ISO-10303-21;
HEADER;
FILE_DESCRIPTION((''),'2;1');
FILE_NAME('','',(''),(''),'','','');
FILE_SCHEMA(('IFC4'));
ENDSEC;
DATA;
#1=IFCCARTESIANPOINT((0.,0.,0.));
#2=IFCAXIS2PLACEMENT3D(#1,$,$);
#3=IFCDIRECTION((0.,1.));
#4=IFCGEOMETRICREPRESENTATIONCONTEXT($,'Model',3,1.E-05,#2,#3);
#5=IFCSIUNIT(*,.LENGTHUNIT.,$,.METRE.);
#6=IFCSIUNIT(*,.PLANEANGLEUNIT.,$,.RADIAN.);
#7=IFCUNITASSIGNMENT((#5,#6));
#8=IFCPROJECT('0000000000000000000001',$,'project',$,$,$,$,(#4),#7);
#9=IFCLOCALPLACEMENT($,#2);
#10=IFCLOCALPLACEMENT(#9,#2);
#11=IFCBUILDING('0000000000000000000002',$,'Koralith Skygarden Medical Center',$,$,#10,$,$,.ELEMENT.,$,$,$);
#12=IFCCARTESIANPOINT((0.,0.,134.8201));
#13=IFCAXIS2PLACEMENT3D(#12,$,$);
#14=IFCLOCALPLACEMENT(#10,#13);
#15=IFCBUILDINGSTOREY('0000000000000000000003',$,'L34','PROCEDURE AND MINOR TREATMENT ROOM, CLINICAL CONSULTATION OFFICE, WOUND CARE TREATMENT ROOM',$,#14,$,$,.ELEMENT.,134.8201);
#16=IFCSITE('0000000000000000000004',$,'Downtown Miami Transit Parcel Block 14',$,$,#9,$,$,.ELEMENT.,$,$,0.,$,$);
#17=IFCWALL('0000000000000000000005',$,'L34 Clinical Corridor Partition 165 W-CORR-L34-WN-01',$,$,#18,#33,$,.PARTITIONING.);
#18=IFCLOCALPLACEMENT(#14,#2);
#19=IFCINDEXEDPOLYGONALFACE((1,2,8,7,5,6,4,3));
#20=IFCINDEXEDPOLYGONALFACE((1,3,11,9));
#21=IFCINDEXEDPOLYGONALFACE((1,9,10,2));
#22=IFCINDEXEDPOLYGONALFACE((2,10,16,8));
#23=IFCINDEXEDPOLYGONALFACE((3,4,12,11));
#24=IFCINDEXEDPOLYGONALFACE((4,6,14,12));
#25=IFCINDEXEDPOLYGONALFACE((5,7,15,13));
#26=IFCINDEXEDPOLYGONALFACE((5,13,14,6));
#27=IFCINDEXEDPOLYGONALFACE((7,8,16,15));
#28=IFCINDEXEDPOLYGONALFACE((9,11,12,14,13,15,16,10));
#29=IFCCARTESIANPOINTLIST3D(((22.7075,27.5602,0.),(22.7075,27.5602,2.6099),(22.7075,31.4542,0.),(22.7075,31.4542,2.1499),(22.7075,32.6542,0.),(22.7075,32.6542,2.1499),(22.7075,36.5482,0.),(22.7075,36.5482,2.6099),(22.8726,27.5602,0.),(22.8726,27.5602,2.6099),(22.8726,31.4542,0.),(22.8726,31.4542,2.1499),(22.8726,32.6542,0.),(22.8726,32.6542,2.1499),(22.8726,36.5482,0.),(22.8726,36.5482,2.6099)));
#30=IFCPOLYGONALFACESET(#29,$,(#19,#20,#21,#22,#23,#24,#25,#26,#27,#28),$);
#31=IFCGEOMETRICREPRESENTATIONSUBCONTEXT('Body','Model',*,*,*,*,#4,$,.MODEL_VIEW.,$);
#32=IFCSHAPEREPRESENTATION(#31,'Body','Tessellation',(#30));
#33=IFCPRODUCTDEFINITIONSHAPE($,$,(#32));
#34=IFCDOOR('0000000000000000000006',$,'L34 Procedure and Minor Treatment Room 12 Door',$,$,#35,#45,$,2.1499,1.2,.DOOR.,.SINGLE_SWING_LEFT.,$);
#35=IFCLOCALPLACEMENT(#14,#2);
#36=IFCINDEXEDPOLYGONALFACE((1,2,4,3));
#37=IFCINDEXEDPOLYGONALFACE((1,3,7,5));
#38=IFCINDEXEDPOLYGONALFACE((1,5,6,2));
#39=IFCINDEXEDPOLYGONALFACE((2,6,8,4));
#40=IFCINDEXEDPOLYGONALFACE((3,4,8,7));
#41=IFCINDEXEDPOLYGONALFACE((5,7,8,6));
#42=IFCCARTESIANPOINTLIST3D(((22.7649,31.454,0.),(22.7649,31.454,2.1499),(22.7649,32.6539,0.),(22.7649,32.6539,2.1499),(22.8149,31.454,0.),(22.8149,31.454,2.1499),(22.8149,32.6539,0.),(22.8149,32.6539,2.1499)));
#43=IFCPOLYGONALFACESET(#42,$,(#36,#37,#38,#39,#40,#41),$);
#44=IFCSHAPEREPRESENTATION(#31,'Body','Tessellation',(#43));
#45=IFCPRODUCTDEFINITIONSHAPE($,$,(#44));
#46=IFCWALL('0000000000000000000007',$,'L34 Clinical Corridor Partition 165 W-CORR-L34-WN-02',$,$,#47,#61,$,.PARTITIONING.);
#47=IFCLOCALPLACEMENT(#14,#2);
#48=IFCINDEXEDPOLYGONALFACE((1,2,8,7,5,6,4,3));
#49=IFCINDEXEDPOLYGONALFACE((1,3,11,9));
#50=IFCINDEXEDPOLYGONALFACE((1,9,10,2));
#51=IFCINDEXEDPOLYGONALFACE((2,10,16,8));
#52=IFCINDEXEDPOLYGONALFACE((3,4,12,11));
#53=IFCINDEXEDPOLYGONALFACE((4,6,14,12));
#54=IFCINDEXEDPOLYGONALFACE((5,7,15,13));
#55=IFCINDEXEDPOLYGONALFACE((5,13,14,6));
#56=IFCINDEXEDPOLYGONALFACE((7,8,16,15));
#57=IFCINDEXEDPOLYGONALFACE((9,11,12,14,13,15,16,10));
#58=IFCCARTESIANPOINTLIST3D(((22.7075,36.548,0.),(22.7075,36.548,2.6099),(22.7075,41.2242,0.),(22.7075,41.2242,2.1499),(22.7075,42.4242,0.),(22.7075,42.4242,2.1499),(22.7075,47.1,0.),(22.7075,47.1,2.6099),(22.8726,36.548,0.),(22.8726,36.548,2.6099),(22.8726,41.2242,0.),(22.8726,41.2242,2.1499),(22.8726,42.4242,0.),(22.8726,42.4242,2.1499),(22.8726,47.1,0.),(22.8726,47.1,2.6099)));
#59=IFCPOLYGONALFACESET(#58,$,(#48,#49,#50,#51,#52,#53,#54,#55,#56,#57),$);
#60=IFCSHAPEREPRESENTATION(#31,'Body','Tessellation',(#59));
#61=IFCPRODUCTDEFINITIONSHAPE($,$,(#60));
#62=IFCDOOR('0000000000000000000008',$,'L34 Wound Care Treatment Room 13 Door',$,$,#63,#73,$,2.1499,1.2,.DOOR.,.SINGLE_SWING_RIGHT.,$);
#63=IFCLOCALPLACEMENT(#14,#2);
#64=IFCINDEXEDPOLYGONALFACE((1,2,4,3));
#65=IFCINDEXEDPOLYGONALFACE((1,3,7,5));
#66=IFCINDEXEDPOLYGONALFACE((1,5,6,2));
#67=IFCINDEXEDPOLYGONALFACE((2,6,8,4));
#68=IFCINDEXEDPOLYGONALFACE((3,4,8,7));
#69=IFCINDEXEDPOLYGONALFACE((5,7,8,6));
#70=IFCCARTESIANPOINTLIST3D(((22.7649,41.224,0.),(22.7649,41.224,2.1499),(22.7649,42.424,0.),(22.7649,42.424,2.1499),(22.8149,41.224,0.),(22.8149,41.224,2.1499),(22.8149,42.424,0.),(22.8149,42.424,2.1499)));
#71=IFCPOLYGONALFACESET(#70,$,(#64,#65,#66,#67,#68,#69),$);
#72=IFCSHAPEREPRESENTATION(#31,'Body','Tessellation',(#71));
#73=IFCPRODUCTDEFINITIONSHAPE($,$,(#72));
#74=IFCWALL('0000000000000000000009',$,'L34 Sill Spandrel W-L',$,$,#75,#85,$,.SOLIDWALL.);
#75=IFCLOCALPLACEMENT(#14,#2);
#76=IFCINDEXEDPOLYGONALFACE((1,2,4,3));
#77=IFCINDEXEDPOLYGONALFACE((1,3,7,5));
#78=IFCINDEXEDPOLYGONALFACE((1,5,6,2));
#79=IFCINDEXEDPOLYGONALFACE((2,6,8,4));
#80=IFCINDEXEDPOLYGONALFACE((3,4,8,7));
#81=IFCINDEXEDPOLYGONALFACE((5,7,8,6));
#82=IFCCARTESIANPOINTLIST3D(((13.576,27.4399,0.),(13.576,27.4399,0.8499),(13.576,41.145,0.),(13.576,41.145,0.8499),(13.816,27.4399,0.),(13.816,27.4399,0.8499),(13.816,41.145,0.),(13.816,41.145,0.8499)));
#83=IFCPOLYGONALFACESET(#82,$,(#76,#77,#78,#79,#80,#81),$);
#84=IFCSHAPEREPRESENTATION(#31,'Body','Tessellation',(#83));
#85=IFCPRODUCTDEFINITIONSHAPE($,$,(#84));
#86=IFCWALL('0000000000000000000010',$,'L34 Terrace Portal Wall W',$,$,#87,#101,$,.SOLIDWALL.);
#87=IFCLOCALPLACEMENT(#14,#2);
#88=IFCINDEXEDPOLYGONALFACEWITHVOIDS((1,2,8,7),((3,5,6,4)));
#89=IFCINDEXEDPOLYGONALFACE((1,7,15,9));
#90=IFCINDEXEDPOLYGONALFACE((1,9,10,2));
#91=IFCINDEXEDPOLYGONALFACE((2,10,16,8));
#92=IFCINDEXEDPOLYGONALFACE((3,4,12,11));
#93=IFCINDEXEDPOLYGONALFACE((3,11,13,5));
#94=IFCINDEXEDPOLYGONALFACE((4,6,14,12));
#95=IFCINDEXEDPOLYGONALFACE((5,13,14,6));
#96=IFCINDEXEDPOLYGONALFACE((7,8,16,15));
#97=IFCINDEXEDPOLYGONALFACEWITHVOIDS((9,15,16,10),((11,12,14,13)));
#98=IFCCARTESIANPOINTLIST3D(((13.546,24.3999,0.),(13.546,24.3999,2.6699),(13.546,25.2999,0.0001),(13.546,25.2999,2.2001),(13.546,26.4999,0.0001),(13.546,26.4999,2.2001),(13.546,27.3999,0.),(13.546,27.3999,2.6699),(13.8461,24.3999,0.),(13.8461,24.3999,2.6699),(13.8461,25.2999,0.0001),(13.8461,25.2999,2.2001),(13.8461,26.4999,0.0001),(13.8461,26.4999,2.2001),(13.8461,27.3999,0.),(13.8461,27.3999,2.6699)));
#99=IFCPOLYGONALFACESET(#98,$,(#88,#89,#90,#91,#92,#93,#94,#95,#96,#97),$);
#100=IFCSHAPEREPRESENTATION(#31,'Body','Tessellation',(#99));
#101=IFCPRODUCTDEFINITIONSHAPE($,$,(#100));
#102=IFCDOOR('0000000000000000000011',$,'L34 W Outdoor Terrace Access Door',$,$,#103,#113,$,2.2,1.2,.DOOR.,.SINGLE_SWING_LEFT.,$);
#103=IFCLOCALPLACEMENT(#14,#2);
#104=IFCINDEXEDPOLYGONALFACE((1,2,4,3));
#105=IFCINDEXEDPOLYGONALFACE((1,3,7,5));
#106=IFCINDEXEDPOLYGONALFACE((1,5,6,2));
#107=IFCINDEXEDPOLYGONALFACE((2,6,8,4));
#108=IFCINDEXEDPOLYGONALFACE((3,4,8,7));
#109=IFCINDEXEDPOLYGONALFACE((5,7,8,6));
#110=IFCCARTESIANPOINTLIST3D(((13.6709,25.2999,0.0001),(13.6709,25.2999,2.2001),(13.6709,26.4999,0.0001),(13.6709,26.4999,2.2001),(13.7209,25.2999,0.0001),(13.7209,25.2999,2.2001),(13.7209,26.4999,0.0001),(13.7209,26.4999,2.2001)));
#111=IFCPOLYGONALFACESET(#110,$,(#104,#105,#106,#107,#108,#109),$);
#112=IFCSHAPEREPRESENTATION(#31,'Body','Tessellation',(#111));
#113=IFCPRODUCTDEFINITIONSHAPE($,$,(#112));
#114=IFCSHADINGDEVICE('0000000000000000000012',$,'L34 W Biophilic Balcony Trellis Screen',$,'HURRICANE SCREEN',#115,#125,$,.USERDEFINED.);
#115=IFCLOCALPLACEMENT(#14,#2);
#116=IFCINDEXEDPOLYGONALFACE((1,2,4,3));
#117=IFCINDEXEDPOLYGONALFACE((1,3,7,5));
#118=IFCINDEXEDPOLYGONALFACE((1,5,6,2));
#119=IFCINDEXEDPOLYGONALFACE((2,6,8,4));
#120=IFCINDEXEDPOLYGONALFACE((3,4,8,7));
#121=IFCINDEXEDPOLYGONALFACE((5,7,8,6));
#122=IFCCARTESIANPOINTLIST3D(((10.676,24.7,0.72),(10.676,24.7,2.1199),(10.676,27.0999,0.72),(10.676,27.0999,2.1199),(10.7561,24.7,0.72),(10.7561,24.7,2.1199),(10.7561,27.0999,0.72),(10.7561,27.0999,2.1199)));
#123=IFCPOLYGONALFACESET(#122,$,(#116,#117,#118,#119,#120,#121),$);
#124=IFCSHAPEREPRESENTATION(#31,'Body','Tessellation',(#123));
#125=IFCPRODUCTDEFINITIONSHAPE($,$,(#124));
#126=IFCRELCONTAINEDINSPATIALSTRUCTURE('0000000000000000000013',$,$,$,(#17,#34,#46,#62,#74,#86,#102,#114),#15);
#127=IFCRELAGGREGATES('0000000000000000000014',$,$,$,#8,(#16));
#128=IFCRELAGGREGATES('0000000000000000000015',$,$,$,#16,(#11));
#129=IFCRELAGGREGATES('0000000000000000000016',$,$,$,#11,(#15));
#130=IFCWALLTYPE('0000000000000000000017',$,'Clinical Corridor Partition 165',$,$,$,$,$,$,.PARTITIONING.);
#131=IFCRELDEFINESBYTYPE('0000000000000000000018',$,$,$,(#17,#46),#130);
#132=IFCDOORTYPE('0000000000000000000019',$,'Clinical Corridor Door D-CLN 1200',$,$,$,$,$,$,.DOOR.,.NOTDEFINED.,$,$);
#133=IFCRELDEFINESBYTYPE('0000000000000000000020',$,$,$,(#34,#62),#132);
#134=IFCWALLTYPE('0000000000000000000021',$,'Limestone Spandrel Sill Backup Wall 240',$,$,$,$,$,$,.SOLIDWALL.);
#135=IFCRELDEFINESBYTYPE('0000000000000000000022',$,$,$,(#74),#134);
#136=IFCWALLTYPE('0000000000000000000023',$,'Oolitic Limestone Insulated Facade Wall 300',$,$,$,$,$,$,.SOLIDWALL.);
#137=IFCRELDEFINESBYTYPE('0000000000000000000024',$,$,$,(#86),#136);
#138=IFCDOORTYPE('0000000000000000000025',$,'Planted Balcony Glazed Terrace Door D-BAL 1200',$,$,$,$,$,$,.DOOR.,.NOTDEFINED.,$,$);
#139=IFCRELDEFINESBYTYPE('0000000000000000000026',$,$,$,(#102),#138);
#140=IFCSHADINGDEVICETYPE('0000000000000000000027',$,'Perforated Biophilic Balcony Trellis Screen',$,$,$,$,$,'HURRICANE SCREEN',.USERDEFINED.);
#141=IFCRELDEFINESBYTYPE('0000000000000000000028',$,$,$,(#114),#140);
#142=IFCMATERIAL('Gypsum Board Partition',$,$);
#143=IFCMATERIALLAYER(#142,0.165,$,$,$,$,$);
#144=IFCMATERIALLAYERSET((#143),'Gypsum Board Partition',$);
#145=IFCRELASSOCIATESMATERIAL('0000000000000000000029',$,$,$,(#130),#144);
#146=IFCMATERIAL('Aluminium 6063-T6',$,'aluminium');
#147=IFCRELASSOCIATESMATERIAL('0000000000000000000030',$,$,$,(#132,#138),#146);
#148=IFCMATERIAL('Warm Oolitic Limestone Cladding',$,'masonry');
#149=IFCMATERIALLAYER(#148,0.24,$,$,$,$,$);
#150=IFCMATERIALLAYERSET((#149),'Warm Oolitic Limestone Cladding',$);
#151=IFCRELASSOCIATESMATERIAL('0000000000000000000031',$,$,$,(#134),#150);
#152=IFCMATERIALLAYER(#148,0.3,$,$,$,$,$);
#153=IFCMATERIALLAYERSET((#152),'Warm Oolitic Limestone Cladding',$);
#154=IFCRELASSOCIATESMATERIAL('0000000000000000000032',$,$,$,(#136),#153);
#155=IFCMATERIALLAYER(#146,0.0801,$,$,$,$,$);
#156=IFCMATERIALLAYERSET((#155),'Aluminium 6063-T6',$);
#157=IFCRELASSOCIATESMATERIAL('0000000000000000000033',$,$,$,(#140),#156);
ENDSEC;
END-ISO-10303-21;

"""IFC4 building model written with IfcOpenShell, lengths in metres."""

from ifc_helpers import new_model, si_unit, direction, frame, frame_2d, origin, origin_2d, place, context, subcontext, project, spatial, rectangle, extrude, material, layer, layer_set, type_object, element, fill, save


model = new_model("IFC4")

# Units and contexts
model_context = context("Model", 3, precision=1e-05, world=origin(), true_north=direction((0.0, 1.0)))
body_context = subcontext(model_context, "Body", "Model", "MODEL_VIEW")
ifc_project = project(units=[si_unit("LENGTHUNIT", "METRE"), si_unit("PLANEANGLEUNIT", "RADIAN")], contexts=[model_context])

# Site, building, storey
site_placement = place(None, origin())
site = spatial("IfcSite", under=ifc_project, at=site_placement, Name="Downtown Miami Transit Parcel Block 14", CompositionType="ELEMENT", RefElevation=0.0)
building_placement = place(site_placement, origin())
building = spatial("IfcBuilding", under=site, at=building_placement, Name="Koralith Skygarden Medical Center", CompositionType="ELEMENT")
storey_placement = place(building_placement, frame((0.0, 0.0, 134.8201)))
storey = spatial("IfcBuildingStorey", under=building, at=storey_placement, Name="L34", Description="PROCEDURE AND MINOR TREATMENT ROOM, CLINICAL CONSULTATION OFFICE, WOUND CARE TREATMENT ROOM", CompositionType="ELEMENT", Elevation=134.8201)

# Shared definitions
ifc_material_1 = material(Name="Aluminium 6063-T6", Category="aluminium")

# Shared definitions
ifc_material_2 = material(Name="Gypsum Board Partition")
ifc_layer_1 = layer(ifc_material_2, 0.165)
ifc_layer_set_1 = layer_set([ifc_layer_1], Name="Gypsum Board Partition")
wall_type_1 = type_object("IfcWallType", Name="Clinical Corridor Partition 165", PredefinedType="PARTITIONING", material=ifc_layer_set_1)

# Walls, openings, doors
door_type_1 = type_object("IfcDoorType", Name="Clinical Corridor Door D-CLN 1200", OperationType="NOTDEFINED", PredefinedType="DOOR", material=ifc_material_1)
wall_1_placement = place(storey_placement, frame((22.79, 27.5601, 0.0), z_axis=(0.0, 0.0, 1.0), x_axis=(0.0, 1.0, 0.0)))
wall_1 = element("IfcWall", 1, at=wall_1_placement, inside=storey, type_object=wall_type_1, Name="L34 Clinical Corridor Partition 165 W-CORR-L34-WN-01", PredefinedType="PARTITIONING", context=body_context, shape_type="SweptSolid", body=[
    extrude(rectangle(XDim=8.988, YDim=0.165, at=frame_2d((4.4941, 0.0))), origin(), (0.0, 0.0, 1.0), 2.6099),
])
opening_1_placement = place(wall_1_placement, frame((3.894, 0.0, 0.0)))
opening_1 = element("IfcOpeningElement", 2, at=opening_1_placement, cuts=wall_1, PredefinedType="OPENING", context=body_context, shape_type="SweptSolid", body=[
    extrude(rectangle(XDim=1.2, YDim=2.1499, at=frame_2d((0.6001, 1.075))), frame((0.0, 0.0925, 0.0), z_axis=(0.0, -1.0, 0.0), x_axis=(1.0, 0.0, 0.0)), (0.0, 0.0, 1.0), 0.1851),
])
door_1_placement = place(opening_1_placement, frame((1.2, 0.0, 0.0), z_axis=(0.0, 0.0, 1.0), x_axis=(-1.0, 0.0, 0.0)))
door_1 = element("IfcDoor", 3, at=door_1_placement, inside=storey, type_object=door_type_1, Name="L34 Procedure and Minor Treatment Room 12 Door", OperationType="SINGLE_SWING_LEFT", OverallHeight=2.1499, OverallWidth=1.2, PredefinedType="DOOR", context=body_context, shape_type="SweptSolid", body=[
    extrude(rectangle(XDim=1.2, YDim=2.1499, at=frame_2d((0.6001, 1.075))), frame((0.0, 0.0249, 0.0), z_axis=(0.0, -1.0, 0.0), x_axis=(1.0, 0.0, 0.0)), (0.0, 0.0, 1.0), 0.05),
])
fill(opening_1, door_1)
wall_2_placement = place(storey_placement, frame((22.79, 36.5481, 0.0), z_axis=(0.0, 0.0, 1.0), x_axis=(0.0, 1.0, 0.0)))
wall_2 = element("IfcWall", 4, at=wall_2_placement, inside=storey, type_object=wall_type_1, Name="L34 Clinical Corridor Partition 165 W-CORR-L34-WN-02", PredefinedType="PARTITIONING", context=body_context, shape_type="SweptSolid", body=[
    extrude(rectangle(XDim=10.552, YDim=0.165, at=frame_2d((5.2759, 0.0))), origin(), (0.0, 0.0, 1.0), 2.6099),
])
opening_2_placement = place(wall_2_placement, frame((4.676, 0.0, 0.0)))
opening_2 = element("IfcOpeningElement", 5, at=opening_2_placement, cuts=wall_2, PredefinedType="OPENING", context=body_context, shape_type="SweptSolid", body=[
    extrude(rectangle(XDim=1.2, YDim=2.1499, at=frame_2d((0.6001, 1.075))), frame((0.0, 0.0925, 0.0), z_axis=(0.0, -1.0, 0.0), x_axis=(1.0, 0.0, 0.0)), (0.0, 0.0, 1.0), 0.1851),
])
door_2_placement = place(opening_2_placement, frame((1.2, 0.0, 0.0), z_axis=(0.0, 0.0, 1.0), x_axis=(-1.0, 0.0, 0.0)))
door_2 = element("IfcDoor", 6, at=door_2_placement, inside=storey, type_object=door_type_1, Name="L34 Wound Care Treatment Room 13 Door", OperationType="SINGLE_SWING_RIGHT", OverallHeight=2.1499, OverallWidth=1.2, PredefinedType="DOOR", context=body_context, shape_type="SweptSolid", body=[
    extrude(rectangle(XDim=1.2, YDim=2.1499, at=frame_2d((0.6001, 1.075))), frame((0.0, 0.0249, 0.0), z_axis=(0.0, -1.0, 0.0), x_axis=(1.0, 0.0, 0.0)), (0.0, 0.0, 1.0), 0.05),
])
fill(opening_2, door_2)

# Wall
ifc_material_3 = material(Name="Warm Oolitic Limestone Cladding", Category="masonry")
ifc_layer_2 = layer(ifc_material_3, 0.24)
ifc_layer_set_2 = layer_set([ifc_layer_2], Name="Warm Oolitic Limestone Cladding")
wall_type_2 = type_object("IfcWallType", Name="Limestone Spandrel Sill Backup Wall 240", PredefinedType="SOLIDWALL", material=ifc_layer_set_2)
wall_3_placement = place(storey_placement, frame((13.696, 41.145, 0.0), z_axis=(0.0, 0.0, 1.0), x_axis=(0.0, -1.0, 0.0)))
element("IfcWall", 7, at=wall_3_placement, inside=storey, type_object=wall_type_2, Name="L34 Sill Spandrel W-L", PredefinedType="SOLIDWALL", context=body_context, shape_type="SweptSolid", body=[
    extrude(rectangle(XDim=13.7051, YDim=0.24, at=frame_2d((6.8525, 0.0))), origin(), (0.0, 0.0, 1.0), 0.8499),
])

# Wall, opening, door
ifc_layer_3 = layer(ifc_material_3, 0.3)
ifc_layer_set_3 = layer_set([ifc_layer_3], Name="Warm Oolitic Limestone Cladding")
wall_type_3 = type_object("IfcWallType", Name="Oolitic Limestone Insulated Facade Wall 300", PredefinedType="SOLIDWALL", material=ifc_layer_set_3)
wall_4_placement = place(storey_placement, frame((13.696, 27.3999, 0.0), z_axis=(0.0, 0.0, 1.0), x_axis=(0.0, -1.0, 0.0)))
wall_4 = element("IfcWall", 8, at=wall_4_placement, inside=storey, type_object=wall_type_3, Name="L34 Terrace Portal Wall W", PredefinedType="SOLIDWALL", context=body_context, shape_type="SweptSolid", body=[
    extrude(rectangle(XDim=3.0, YDim=0.3, at=frame_2d((1.5, 0.0))), origin(), (0.0, 0.0, 1.0), 2.6699),
])
opening_3_placement = place(wall_4_placement, frame((0.8999, 0.0, 0.0)))
opening_3 = element("IfcOpeningElement", 9, at=opening_3_placement, cuts=wall_4, PredefinedType="OPENING", context=body_context, shape_type="SweptSolid", body=[
    extrude(rectangle(XDim=1.2, YDim=2.2, at=frame_2d((0.6001, 1.1001))), frame((0.0, 0.1599, 0.0), z_axis=(0.0, -1.0, 0.0), x_axis=(1.0, 0.0, 0.0)), (0.0, 0.0, 1.0), 0.3201),
])
door_type_2 = type_object("IfcDoorType", Name="Planted Balcony Glazed Terrace Door D-BAL 1200", OperationType="NOTDEFINED", PredefinedType="DOOR", material=ifc_material_1)
door_3_placement = place(opening_3_placement, origin())
door_3 = element("IfcDoor", 10, at=door_3_placement, inside=storey, type_object=door_type_2, Name="L34 W Outdoor Terrace Access Door", OperationType="SINGLE_SWING_LEFT", OverallHeight=2.2, OverallWidth=1.2, PredefinedType="DOOR", context=body_context, shape_type="SweptSolid", body=[
    extrude(rectangle(XDim=1.2, YDim=2.2, at=frame_2d((0.6001, 1.1001))), frame((0.0, 0.0249, 0.0), z_axis=(0.0, -1.0, 0.0), x_axis=(1.0, 0.0, 0.0)), (0.0, 0.0, 1.0), 0.05),
])
fill(opening_3, door_3)

# Shading device
ifc_layer_4 = layer(ifc_material_1, 0.0801)
ifc_layer_set_4 = layer_set([ifc_layer_4], Name="Aluminium 6063-T6")
shading_device_type = type_object("IfcShadingDeviceType", Name="Perforated Biophilic Balcony Trellis Screen", ElementType="HURRICANE SCREEN", PredefinedType="USERDEFINED", material=ifc_layer_set_4)
shading_device_placement = place(storey_placement, frame((10.7161, 25.8999, 0.72), z_axis=(0.0, 0.0, 1.0), x_axis=(0.0, 1.0, 0.0)))
element("IfcShadingDevice", 11, at=shading_device_placement, inside=storey, type_object=shading_device_type, Name="L34 W Biophilic Balcony Trellis Screen", ObjectType="HURRICANE SCREEN", PredefinedType="USERDEFINED", context=body_context, shape_type="SweptSolid", body=[
    extrude(rectangle(XDim=2.3999, YDim=0.0801, at=origin_2d()), origin(), (0.0, 0.0, 1.0), 1.3999),
])

save(model, "model.ifc")
